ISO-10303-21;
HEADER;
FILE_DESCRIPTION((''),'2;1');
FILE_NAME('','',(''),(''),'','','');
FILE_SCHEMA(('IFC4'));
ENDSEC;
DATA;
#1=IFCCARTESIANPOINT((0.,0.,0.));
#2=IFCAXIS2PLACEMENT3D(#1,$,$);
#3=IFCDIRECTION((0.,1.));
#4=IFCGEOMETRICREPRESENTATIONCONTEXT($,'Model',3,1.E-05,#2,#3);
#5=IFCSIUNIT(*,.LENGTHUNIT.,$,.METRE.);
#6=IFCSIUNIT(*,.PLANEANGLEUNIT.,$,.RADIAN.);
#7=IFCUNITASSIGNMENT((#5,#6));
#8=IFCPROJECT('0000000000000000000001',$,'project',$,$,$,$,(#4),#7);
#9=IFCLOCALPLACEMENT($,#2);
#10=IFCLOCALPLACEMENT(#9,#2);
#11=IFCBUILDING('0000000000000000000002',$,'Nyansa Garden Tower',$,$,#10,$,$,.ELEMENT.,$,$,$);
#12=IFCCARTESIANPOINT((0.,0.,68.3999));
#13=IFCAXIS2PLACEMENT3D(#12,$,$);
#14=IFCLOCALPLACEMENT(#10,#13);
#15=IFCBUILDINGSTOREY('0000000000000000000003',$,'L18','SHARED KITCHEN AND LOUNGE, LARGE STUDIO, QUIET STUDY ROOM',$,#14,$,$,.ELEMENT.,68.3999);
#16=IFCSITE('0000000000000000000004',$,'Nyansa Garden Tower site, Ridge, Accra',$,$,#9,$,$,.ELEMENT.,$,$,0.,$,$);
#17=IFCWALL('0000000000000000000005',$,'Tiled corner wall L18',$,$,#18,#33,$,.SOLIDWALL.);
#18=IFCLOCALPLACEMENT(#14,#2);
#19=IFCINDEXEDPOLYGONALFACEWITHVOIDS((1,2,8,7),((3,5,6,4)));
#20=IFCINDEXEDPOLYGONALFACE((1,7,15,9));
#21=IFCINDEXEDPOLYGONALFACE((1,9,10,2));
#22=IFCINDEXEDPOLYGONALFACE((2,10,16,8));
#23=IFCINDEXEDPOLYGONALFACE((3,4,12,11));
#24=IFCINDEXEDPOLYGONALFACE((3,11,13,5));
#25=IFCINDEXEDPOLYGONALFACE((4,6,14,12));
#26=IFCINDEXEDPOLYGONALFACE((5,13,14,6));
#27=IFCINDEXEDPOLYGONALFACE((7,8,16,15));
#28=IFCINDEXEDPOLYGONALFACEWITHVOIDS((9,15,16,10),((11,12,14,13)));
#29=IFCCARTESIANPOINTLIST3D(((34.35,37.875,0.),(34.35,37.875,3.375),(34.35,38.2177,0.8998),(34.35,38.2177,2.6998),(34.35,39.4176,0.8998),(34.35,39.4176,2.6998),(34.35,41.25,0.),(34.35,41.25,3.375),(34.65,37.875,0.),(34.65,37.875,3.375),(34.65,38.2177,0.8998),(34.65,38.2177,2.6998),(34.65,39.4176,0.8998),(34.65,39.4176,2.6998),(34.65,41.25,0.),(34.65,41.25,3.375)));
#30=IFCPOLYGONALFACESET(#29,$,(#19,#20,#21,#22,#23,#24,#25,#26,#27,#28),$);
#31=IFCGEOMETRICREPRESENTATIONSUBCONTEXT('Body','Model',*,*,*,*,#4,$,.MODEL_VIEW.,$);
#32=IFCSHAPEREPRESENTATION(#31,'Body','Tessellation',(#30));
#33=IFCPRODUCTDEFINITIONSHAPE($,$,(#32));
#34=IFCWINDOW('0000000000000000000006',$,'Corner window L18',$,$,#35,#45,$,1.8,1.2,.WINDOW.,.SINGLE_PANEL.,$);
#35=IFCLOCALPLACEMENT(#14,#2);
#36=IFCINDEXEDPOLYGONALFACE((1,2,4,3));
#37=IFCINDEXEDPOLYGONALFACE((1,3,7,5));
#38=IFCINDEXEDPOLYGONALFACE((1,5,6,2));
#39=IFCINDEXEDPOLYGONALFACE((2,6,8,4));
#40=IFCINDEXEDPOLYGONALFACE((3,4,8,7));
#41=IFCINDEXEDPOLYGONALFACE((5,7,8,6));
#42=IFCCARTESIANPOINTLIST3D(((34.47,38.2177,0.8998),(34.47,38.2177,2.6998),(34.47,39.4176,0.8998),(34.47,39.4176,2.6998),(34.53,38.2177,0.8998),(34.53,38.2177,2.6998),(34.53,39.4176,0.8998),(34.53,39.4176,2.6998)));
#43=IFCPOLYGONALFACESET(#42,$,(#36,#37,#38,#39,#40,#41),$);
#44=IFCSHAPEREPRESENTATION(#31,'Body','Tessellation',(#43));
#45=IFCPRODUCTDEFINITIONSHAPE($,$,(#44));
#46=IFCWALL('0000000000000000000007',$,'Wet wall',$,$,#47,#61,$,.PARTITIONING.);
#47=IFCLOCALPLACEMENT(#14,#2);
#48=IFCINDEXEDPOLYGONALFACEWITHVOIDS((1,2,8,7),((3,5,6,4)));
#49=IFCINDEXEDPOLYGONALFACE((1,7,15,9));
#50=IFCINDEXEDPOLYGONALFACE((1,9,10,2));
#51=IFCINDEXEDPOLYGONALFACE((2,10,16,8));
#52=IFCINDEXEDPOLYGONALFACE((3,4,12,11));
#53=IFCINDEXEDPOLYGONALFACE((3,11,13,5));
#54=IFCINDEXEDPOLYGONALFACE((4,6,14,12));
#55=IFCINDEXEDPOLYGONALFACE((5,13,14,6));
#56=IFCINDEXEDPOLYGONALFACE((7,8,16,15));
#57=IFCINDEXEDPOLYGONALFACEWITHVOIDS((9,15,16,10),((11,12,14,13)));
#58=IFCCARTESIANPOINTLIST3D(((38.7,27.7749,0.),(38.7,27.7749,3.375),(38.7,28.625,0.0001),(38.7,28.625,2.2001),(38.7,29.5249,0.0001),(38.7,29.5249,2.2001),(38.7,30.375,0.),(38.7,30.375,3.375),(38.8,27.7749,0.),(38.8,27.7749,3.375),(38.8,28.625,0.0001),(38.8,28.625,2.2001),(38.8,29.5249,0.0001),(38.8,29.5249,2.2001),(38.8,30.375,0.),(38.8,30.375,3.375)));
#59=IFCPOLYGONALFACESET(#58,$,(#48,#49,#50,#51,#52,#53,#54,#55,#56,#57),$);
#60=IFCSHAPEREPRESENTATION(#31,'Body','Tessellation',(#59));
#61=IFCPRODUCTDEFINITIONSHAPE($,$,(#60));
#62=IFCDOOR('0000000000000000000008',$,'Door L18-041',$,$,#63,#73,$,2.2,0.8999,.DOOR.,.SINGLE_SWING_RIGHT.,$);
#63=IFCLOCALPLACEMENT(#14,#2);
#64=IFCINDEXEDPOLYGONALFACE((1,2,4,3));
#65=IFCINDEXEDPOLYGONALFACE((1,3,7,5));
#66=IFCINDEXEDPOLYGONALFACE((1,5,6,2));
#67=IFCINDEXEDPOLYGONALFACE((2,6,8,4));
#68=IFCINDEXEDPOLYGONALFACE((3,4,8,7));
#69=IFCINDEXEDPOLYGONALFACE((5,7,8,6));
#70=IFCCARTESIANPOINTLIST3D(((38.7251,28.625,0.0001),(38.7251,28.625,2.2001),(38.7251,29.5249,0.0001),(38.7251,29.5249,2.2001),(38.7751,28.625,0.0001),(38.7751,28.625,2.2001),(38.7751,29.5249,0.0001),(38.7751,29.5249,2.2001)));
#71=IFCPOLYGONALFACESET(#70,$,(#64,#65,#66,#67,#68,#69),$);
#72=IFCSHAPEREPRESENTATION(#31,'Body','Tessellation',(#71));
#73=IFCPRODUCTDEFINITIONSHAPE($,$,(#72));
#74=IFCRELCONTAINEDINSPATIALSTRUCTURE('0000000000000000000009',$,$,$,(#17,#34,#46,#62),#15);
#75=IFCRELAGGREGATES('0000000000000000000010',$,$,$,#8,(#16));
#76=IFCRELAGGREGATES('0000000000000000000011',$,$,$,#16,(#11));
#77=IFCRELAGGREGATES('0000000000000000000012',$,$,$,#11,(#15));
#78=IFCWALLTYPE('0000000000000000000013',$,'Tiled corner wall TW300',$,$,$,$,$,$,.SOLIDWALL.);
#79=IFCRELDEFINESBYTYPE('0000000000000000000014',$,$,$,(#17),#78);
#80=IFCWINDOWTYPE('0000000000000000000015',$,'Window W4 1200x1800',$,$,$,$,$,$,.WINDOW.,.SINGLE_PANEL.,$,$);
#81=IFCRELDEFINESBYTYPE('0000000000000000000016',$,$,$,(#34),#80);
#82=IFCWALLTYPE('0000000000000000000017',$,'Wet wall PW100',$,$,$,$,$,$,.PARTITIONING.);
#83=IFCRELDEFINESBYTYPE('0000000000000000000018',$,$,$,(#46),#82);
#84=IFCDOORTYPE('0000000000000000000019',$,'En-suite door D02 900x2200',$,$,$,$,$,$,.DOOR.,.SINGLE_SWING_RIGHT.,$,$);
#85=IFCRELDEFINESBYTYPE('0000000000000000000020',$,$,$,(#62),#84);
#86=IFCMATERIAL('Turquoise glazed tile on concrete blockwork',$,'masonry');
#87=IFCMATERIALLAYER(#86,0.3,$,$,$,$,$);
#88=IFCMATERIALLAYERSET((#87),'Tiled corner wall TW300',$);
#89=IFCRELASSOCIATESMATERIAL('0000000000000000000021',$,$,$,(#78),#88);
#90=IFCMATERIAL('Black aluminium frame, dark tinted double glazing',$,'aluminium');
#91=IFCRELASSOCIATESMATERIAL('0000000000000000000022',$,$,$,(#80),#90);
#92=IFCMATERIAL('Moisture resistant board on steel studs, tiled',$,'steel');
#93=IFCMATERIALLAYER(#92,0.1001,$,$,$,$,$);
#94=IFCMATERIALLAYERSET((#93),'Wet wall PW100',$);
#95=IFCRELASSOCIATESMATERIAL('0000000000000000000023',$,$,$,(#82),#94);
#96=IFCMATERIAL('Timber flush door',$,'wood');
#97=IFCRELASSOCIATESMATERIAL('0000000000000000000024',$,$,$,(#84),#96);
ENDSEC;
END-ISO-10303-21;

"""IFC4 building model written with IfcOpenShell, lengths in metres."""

from ifc_helpers import new_model, si_unit, direction, frame, frame_2d, origin, place, context, subcontext, project, spatial, rectangle, extrude, material, layer, layer_set, type_object, element, fill, save


model = new_model("IFC4")

# Units and contexts
model_context = context("Model", 3, precision=1e-05, world=origin(), true_north=direction((0.0, 1.0)))
body_context = subcontext(model_context, "Body", "Model", "MODEL_VIEW")
ifc_project = project(units=[si_unit("LENGTHUNIT", "METRE"), si_unit("PLANEANGLEUNIT", "RADIAN")], contexts=[model_context])

# Site, building, storey
site_placement = place(None, origin())
site = spatial("IfcSite", under=ifc_project, at=site_placement, Name="Nyansa Garden Tower site, Ridge, Accra", CompositionType="ELEMENT", RefElevation=0.0)
building_placement = place(site_placement, origin())
building = spatial("IfcBuilding", under=site, at=building_placement, Name="Nyansa Garden Tower", CompositionType="ELEMENT")
storey_placement = place(building_placement, frame((0.0, 0.0, 68.3999)))
storey = spatial("IfcBuildingStorey", under=building, at=storey_placement, Name="L18", Description="SHARED KITCHEN AND LOUNGE, LARGE STUDIO, QUIET STUDY ROOM", CompositionType="ELEMENT", Elevation=68.3999)

# Wall, opening, window
ifc_material_1 = material(Name="Turquoise glazed tile on concrete blockwork", Category="masonry")
ifc_layer_1 = layer(ifc_material_1, 0.3)
ifc_layer_set_1 = layer_set([ifc_layer_1], Name="Tiled corner wall TW300")
wall_type_1 = type_object("IfcWallType", Name="Tiled corner wall TW300", PredefinedType="SOLIDWALL", material=ifc_layer_set_1)
ifc_material_2 = material(Name="Black aluminium frame, dark tinted double glazing", Category="aluminium")
window_type_1 = type_object("IfcWindowType", Name="Window W4 1200x1800", PartitioningType="SINGLE_PANEL", PredefinedType="WINDOW", material=ifc_material_2)
wall_1_placement = place(storey_placement, frame((34.5, 37.875, 0.0), z_axis=(0.0, 0.0, 1.0), x_axis=(0.0, 1.0, 0.0)))
wall_1 = element("IfcWall", 1, at=wall_1_placement, inside=storey, type_object=wall_type_1, Name="Tiled corner wall L18", PredefinedType="SOLIDWALL", context=body_context, shape_type="SweptSolid", body=[
    extrude(rectangle(XDim=3.375, YDim=0.3, at=frame_2d((1.6875, 0.0))), origin(), (0.0, 0.0, 1.0), 3.375),
])
opening_1_placement = place(wall_1_placement, frame((0.3425, 0.0, 0.8999)))
opening_1 = element("IfcOpeningElement", 2, at=opening_1_placement, cuts=wall_1, PredefinedType="OPENING", context=body_context, shape_type="SweptSolid", body=[
    extrude(rectangle(XDim=1.2, YDim=1.8, at=frame_2d((0.6001, 0.8999))), frame((0.0, 0.1599, 0.0), z_axis=(0.0, -1.0, 0.0), x_axis=(1.0, 0.0, 0.0)), (0.0, 0.0, 1.0), 0.3201),
])
window_1_placement = place(opening_1_placement, origin())
window_1 = element("IfcWindow", 3, at=window_1_placement, inside=storey, type_object=window_type_1, Name="Corner window L18", OverallHeight=1.8, OverallWidth=1.2, PartitioningType="SINGLE_PANEL", PredefinedType="WINDOW", context=body_context, shape_type="SweptSolid", body=[
    extrude(rectangle(XDim=1.2, YDim=1.8, at=frame_2d((0.6001, 0.8999))), frame((0.0, 0.03, 0.0), z_axis=(0.0, -1.0, 0.0), x_axis=(1.0, 0.0, 0.0)), (0.0, 0.0, 1.0), 0.0601),
])
fill(opening_1, window_1)

# Wall, opening, door
ifc_material_3 = material(Name="Moisture resistant board on steel studs, tiled", Category="steel")
ifc_layer_2 = layer(ifc_material_3, 0.1001)
ifc_layer_set_2 = layer_set([ifc_layer_2], Name="Wet wall PW100")
wall_type_2 = type_object("IfcWallType", Name="Wet wall PW100", PredefinedType="PARTITIONING", material=ifc_layer_set_2)
wall_2_placement = place(storey_placement, frame((38.75, 27.7749, 0.0), z_axis=(0.0, 0.0, 1.0), x_axis=(0.0, 1.0, 0.0)))
wall_2 = element("IfcWall", 4, at=wall_2_placement, inside=storey, type_object=wall_type_2, Name="Wet wall", PredefinedType="PARTITIONING", context=body_context, shape_type="SweptSolid", body=[
    extrude(rectangle(XDim=2.6001, YDim=0.1001, at=frame_2d((1.3, 0.0))), origin(), (0.0, 0.0, 1.0), 3.375),
])
opening_2_placement = place(wall_2_placement, frame((0.8501, 0.0, 0.0)))
opening_2 = element("IfcOpeningElement", 5, at=opening_2_placement, cuts=wall_2, PredefinedType="OPENING", context=body_context, shape_type="SweptSolid", body=[
    extrude(rectangle(XDim=0.8999, YDim=2.2, at=frame_2d((0.45, 1.1001))), frame((0.0, 0.0601, 0.0), z_axis=(0.0, -1.0, 0.0), x_axis=(1.0, 0.0, 0.0)), (0.0, 0.0, 1.0), 0.1201),
])
ifc_material_4 = material(Name="Timber flush door", Category="wood")
door_type = type_object("IfcDoorType", Name="En-suite door D02 900x2200", OperationType="SINGLE_SWING_RIGHT", PredefinedType="DOOR", material=ifc_material_4)
door_placement = place(opening_2_placement, origin())
door = element("IfcDoor", 6, at=door_placement, inside=storey, type_object=door_type, Name="Door L18-041", OperationType="SINGLE_SWING_RIGHT", OverallHeight=2.2, OverallWidth=0.8999, PredefinedType="DOOR", context=body_context, shape_type="SweptSolid", body=[
    extrude(rectangle(XDim=0.8999, YDim=2.2, at=frame_2d((0.45, 1.1001))), frame((0.0, 0.0249, 0.0), z_axis=(0.0, -1.0, 0.0), x_axis=(1.0, 0.0, 0.0)), (0.0, 0.0, 1.0), 0.05),
])
fill(opening_2, door)

save(model, "model.ifc")
